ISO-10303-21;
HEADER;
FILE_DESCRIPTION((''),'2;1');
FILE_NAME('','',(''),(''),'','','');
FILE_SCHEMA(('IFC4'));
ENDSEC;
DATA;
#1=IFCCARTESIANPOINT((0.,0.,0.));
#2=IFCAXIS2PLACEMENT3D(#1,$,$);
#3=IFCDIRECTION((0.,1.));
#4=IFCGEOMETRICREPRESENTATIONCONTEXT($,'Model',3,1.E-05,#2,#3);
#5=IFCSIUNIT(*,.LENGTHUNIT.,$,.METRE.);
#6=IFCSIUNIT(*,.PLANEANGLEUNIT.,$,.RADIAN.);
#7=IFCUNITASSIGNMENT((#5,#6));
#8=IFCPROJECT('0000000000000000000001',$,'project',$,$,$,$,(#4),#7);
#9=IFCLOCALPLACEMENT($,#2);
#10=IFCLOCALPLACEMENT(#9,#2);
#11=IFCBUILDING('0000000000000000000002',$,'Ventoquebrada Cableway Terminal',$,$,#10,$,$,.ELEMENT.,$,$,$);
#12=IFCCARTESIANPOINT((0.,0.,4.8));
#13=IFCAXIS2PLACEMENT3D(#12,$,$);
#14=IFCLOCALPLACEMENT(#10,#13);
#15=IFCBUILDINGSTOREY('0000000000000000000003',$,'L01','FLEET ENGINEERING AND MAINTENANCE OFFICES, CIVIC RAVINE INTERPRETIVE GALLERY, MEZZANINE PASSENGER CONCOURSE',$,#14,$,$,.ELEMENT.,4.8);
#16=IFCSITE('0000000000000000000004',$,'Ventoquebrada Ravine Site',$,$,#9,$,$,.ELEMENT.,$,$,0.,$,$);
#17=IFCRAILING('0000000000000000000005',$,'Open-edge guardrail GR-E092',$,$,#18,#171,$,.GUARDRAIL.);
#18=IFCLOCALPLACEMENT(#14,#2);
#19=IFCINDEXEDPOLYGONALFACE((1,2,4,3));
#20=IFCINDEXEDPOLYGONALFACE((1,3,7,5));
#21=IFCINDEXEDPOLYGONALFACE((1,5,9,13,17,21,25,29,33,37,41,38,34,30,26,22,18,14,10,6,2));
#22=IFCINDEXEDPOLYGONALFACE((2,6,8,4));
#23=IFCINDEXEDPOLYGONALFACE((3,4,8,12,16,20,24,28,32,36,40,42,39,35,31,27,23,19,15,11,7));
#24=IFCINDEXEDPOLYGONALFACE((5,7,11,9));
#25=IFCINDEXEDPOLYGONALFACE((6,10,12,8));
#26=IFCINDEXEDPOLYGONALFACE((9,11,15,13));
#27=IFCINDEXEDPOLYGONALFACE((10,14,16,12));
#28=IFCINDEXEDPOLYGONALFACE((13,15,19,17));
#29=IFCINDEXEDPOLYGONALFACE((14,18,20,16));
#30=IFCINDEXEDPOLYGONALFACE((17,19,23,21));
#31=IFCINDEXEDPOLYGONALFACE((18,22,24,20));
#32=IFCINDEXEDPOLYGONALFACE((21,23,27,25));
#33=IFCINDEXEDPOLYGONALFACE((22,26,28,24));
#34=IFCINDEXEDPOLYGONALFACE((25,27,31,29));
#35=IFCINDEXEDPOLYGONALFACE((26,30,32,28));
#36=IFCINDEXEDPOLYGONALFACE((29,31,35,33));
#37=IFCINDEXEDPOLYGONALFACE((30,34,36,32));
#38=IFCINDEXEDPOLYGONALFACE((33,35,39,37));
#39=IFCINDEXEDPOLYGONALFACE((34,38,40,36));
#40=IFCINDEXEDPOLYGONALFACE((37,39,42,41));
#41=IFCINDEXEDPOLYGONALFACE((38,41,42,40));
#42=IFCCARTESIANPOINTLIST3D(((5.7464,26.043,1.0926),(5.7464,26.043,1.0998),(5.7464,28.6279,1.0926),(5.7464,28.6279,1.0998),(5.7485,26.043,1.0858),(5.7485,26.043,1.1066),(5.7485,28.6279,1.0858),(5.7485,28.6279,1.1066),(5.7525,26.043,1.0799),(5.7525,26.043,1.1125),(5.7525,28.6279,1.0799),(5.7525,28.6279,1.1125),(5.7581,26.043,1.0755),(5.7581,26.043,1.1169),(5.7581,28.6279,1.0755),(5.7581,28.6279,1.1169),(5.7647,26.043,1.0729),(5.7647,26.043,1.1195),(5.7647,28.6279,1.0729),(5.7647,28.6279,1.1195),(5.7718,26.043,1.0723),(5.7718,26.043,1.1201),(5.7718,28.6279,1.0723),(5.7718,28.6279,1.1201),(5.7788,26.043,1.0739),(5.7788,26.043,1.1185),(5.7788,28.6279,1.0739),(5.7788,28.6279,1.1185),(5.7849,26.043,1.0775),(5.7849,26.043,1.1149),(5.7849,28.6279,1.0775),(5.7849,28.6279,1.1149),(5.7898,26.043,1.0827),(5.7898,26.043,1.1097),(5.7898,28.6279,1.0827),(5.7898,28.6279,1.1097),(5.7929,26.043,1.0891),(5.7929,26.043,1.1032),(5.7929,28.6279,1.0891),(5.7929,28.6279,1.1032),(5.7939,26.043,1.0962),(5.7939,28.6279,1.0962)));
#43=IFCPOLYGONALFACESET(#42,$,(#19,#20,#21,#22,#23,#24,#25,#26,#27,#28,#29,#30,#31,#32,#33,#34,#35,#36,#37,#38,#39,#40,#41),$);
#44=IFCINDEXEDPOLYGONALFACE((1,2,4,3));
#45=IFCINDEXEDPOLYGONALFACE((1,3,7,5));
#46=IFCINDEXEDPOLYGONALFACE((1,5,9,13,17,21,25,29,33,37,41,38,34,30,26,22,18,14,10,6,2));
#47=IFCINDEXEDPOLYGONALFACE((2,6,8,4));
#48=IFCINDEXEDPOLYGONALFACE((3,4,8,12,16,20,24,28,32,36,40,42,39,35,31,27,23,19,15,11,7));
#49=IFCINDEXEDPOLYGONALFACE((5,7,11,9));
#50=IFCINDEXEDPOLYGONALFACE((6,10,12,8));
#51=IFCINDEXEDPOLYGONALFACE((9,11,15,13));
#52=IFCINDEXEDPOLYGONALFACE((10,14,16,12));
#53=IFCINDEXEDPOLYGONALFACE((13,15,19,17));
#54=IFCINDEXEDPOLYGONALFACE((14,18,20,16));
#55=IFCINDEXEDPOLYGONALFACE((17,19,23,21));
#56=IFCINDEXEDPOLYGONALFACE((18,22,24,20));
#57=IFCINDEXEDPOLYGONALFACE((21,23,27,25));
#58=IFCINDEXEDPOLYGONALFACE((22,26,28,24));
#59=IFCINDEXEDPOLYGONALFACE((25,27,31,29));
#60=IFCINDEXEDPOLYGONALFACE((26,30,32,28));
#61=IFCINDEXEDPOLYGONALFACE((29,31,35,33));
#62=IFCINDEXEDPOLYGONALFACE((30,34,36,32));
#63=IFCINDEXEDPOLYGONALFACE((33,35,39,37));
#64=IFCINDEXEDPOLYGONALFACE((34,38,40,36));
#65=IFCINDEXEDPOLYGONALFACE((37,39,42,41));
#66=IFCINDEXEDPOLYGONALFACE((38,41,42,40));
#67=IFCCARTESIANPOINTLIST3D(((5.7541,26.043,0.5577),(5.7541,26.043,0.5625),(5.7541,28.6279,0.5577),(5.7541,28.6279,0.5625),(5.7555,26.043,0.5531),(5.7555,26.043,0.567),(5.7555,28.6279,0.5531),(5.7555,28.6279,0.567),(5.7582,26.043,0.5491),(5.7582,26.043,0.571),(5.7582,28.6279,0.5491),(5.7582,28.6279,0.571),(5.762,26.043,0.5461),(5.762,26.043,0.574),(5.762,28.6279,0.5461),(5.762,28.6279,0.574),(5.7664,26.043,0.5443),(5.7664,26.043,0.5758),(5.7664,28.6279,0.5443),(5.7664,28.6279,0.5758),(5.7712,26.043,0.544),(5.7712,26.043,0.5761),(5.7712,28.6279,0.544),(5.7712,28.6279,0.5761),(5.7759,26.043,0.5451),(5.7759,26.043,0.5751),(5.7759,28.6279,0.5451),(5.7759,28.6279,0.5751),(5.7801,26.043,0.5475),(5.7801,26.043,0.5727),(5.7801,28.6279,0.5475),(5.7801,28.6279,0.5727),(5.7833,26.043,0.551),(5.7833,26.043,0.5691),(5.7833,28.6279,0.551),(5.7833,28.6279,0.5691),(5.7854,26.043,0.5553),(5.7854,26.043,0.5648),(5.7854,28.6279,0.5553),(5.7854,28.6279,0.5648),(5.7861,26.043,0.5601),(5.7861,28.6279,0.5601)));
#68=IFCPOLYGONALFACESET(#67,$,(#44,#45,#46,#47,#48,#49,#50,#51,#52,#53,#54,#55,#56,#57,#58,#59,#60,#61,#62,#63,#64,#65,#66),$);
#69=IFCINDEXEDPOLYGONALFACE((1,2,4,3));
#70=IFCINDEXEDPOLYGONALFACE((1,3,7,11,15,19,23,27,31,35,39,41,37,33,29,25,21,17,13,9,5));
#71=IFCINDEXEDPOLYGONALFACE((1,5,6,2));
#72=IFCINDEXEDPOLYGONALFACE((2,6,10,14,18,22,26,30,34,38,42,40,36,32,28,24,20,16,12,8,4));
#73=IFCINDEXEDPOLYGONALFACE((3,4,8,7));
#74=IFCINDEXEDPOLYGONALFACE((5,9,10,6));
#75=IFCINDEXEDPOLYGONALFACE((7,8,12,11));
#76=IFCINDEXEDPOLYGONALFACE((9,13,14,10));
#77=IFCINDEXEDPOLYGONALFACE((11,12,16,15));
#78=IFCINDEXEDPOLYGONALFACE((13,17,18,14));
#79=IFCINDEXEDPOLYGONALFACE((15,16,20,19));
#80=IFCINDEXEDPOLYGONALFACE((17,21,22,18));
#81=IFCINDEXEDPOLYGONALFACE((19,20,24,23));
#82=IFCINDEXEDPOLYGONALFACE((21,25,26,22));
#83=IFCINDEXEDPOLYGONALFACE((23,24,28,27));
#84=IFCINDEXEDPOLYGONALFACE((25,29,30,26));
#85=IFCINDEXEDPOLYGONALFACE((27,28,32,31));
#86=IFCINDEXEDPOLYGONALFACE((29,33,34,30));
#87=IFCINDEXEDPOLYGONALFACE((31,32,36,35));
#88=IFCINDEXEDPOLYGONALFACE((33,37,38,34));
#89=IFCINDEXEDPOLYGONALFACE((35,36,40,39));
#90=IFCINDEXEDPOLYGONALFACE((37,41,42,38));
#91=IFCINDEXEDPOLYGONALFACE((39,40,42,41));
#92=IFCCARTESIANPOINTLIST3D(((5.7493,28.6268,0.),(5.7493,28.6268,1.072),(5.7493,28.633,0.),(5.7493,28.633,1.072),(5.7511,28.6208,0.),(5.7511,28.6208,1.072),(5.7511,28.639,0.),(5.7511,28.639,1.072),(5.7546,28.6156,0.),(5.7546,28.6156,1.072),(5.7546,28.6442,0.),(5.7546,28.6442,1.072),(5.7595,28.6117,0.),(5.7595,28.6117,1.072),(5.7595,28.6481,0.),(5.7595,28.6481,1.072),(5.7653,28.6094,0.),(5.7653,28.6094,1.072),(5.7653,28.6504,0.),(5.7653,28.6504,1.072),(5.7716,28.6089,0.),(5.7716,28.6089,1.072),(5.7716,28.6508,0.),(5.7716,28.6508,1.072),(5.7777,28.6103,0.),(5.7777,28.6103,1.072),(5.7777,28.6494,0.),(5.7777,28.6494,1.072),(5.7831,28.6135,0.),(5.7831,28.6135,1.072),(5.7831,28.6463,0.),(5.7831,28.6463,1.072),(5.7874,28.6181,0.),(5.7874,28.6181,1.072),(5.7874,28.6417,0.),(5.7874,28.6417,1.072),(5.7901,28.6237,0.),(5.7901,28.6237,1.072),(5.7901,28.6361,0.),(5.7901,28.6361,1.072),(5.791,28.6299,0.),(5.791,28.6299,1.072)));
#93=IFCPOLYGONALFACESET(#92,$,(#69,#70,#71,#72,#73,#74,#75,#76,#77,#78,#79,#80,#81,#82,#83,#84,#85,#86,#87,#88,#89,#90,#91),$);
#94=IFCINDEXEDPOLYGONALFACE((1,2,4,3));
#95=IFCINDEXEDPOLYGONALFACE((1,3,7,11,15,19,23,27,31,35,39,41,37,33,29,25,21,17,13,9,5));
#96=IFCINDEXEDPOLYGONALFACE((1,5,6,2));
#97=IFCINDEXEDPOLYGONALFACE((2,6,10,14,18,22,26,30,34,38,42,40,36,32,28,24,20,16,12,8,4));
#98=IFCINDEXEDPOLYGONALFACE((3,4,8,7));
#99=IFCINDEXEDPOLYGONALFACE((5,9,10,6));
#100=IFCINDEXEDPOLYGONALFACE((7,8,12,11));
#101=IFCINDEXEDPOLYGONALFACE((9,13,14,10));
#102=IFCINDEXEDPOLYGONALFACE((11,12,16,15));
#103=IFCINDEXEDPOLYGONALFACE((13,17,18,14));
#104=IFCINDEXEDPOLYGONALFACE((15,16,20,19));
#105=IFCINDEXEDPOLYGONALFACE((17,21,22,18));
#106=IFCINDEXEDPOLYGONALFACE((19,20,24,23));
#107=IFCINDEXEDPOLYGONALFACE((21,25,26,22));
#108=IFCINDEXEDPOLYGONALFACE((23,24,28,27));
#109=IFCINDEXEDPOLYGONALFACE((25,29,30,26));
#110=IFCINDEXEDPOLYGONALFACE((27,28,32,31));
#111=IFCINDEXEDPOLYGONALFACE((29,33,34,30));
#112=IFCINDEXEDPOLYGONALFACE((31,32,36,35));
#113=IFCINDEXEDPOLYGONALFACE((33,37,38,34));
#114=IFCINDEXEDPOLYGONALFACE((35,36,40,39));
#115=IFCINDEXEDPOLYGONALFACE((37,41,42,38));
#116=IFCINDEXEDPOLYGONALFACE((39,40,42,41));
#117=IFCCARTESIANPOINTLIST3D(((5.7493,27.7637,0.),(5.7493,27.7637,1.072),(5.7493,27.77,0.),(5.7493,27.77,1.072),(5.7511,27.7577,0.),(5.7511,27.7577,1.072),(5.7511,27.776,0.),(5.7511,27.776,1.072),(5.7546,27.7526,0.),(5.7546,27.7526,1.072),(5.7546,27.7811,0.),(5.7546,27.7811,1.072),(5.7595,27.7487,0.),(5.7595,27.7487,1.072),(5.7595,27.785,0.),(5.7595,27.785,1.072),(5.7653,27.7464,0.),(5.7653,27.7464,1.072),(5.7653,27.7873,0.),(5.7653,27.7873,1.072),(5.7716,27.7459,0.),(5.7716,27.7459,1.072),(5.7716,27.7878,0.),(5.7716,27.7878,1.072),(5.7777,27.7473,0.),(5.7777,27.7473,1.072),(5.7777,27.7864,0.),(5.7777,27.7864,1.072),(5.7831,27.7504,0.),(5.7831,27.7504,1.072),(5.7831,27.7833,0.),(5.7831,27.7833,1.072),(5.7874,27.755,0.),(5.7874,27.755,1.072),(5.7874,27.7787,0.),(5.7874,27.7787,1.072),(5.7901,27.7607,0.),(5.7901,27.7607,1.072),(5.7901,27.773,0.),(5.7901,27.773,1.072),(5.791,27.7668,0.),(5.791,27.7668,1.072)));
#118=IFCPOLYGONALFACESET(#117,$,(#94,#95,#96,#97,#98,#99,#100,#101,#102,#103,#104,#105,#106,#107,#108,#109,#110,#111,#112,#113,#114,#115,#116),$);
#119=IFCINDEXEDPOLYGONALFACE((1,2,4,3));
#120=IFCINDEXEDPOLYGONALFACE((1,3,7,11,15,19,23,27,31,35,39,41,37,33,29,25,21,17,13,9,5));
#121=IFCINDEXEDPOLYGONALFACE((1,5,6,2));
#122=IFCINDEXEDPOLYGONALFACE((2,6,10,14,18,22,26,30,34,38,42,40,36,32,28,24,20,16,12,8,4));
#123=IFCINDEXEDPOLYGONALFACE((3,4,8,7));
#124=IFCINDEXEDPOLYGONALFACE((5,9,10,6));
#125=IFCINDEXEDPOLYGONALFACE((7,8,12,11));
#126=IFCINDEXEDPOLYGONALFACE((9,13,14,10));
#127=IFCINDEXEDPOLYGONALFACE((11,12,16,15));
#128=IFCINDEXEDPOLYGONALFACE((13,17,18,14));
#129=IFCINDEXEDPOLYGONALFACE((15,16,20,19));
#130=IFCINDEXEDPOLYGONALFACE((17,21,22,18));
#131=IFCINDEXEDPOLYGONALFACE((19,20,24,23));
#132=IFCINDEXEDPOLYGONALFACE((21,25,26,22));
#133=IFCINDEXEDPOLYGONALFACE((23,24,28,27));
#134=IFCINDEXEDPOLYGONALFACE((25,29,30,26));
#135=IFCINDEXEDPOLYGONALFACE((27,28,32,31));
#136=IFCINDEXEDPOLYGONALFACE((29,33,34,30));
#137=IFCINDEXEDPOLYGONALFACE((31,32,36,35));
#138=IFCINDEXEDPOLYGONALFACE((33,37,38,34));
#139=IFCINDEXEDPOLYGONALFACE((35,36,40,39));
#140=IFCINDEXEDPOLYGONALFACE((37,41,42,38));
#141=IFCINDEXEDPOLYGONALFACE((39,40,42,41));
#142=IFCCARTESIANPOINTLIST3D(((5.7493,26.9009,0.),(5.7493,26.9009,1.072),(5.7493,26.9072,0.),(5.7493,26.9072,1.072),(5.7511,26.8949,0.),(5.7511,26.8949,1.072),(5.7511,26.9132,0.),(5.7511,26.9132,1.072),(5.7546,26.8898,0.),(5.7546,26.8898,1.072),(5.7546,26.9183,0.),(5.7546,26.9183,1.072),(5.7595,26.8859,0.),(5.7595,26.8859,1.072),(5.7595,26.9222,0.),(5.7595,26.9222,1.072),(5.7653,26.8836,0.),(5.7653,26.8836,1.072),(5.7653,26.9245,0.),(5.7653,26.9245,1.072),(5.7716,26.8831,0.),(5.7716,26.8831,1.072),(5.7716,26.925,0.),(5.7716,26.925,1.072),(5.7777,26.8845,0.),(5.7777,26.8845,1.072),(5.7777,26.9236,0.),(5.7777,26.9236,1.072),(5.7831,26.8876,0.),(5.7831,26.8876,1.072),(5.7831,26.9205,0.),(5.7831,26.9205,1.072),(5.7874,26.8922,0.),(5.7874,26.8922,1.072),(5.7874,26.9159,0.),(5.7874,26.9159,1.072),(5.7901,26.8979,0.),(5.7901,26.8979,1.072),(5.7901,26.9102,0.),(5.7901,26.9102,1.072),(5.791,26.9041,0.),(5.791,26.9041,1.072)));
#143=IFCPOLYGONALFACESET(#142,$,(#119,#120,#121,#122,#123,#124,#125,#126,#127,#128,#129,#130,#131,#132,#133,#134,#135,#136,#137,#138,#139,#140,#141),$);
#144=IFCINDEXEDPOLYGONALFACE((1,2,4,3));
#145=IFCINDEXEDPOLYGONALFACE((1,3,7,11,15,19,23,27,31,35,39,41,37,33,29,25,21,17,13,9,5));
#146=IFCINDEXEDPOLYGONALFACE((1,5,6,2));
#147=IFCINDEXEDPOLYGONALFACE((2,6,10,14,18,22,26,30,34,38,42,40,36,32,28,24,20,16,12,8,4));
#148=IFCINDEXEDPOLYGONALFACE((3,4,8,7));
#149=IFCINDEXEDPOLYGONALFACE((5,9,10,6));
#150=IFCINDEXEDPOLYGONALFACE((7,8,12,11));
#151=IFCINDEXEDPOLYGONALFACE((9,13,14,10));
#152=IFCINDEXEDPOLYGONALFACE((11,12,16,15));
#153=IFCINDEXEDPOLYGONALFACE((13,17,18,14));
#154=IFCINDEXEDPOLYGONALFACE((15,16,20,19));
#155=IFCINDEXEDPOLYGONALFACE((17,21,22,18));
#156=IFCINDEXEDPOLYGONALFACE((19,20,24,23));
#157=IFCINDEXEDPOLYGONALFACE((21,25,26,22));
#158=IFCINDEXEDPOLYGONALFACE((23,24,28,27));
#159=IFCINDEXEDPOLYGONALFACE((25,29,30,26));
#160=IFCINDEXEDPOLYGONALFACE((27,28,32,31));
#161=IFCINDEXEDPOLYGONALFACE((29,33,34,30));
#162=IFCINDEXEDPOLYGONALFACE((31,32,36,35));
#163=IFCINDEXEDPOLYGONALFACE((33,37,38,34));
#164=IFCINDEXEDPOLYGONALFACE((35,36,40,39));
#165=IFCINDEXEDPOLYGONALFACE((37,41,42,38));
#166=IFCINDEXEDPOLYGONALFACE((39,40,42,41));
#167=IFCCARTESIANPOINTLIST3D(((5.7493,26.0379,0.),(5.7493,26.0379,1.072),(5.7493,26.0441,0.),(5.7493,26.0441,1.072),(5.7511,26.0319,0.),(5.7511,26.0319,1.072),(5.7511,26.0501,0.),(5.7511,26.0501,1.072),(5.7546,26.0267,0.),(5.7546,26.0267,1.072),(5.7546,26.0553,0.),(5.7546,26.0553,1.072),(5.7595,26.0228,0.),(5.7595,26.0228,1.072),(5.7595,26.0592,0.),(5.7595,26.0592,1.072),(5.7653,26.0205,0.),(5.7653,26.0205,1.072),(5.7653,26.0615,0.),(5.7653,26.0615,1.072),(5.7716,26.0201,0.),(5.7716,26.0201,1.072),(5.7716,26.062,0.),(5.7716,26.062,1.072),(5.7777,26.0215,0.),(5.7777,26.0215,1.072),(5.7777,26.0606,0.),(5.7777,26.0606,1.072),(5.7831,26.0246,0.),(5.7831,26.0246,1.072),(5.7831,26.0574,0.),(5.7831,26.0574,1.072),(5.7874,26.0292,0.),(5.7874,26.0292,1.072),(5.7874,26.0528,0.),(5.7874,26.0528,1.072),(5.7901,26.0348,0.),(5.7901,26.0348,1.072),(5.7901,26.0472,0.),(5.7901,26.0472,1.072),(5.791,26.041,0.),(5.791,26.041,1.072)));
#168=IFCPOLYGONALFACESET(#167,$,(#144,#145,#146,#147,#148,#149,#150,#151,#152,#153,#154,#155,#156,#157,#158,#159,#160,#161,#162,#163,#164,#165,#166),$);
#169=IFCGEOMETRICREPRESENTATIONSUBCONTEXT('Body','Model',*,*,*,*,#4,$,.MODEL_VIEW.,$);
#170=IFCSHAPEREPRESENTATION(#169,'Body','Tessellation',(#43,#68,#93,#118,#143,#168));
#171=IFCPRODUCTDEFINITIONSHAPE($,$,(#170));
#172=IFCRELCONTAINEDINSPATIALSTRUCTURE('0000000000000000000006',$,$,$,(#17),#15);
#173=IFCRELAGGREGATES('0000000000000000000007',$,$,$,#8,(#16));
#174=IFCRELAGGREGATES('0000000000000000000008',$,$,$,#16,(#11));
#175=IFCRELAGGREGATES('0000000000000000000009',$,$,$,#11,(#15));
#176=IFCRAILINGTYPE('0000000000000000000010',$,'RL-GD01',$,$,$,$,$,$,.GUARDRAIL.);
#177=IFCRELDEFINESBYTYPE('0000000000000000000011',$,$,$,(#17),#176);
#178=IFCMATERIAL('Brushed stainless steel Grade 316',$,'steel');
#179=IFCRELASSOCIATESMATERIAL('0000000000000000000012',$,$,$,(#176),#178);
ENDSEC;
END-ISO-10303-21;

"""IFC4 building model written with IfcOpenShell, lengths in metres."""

from ifc_helpers import new_model, si_unit, direction, frame, origin, origin_2d, place, context, subcontext, project, spatial, circle, extrude, material, type_object, element, save


model = new_model("IFC4")

# Units and contexts
model_context = context("Model", 3, precision=1e-05, world=origin(), true_north=direction((0.0, 1.0)))
body_context = subcontext(model_context, "Body", "Model", "MODEL_VIEW")
ifc_project = project(units=[si_unit("LENGTHUNIT", "METRE"), si_unit("PLANEANGLEUNIT", "RADIAN")], contexts=[model_context])

# Site, building, storey
site_placement = place(None, origin())
site = spatial("IfcSite", under=ifc_project, at=site_placement, Name="Ventoquebrada Ravine Site", CompositionType="ELEMENT", RefElevation=0.0)
building_placement = place(site_placement, origin())
building = spatial("IfcBuilding", under=site, at=building_placement, Name="Ventoquebrada Cableway Terminal", CompositionType="ELEMENT")
storey_placement = place(building_placement, frame((0.0, 0.0, 4.8)))
storey = spatial("IfcBuildingStorey", under=building, at=storey_placement, Name="L01", Description="FLEET ENGINEERING AND MAINTENANCE OFFICES, CIVIC RAVINE INTERPRETIVE GALLERY, MEZZANINE PASSENGER CONCOURSE", CompositionType="ELEMENT", Elevation=4.8)

# Shared definitions
ifc_material_1 = material(Name="Brushed stainless steel Grade 316", Category="steel")

# Railing
railing_type = type_object("IfcRailingType", Name="RL-GD01", PredefinedType="GUARDRAIL", material=ifc_material_1)
railing_1_placement = place(storey_placement, frame((5.77, 28.6299, 0.0)))
element("IfcRailing", 1, at=railing_1_placement, inside=storey, type_object=railing_type, Name="Open-edge guardrail GR-E092", PredefinedType="GUARDRAIL", context=body_context, shape_type="SweptSolid", body=[
    extrude(circle(Radius=0.0239, at=origin_2d()), frame((0.0, -0.002, 1.0962), z_axis=(0.0, -1.0, 0.0), x_axis=(1.0, 0.0, 0.0)), (0.0, 0.0, 1.0), 2.585),
    extrude(circle(Radius=0.0161, at=origin_2d()), frame((0.0, -0.002, 0.5601), z_axis=(0.0, -1.0, 0.0), x_axis=(1.0, 0.0, 0.0)), (0.0, 0.0, 1.0), 2.585),
    extrude(circle(Radius=0.021, at=origin_2d()), origin(), (0.0, 0.0, 1.0), 1.072),
    extrude(circle(Radius=0.021, at=origin_2d()), frame((0.0, -0.863, 0.0)), (0.0, 0.0, 1.0), 1.072),
    extrude(circle(Radius=0.021, at=origin_2d()), frame((0.0, -1.7258, 0.0)), (0.0, 0.0, 1.0), 1.072),
    extrude(circle(Radius=0.021, at=origin_2d()), frame((0.0, -2.5889, 0.0)), (0.0, 0.0, 1.0), 1.072),
])

save(model, "model.ifc")
